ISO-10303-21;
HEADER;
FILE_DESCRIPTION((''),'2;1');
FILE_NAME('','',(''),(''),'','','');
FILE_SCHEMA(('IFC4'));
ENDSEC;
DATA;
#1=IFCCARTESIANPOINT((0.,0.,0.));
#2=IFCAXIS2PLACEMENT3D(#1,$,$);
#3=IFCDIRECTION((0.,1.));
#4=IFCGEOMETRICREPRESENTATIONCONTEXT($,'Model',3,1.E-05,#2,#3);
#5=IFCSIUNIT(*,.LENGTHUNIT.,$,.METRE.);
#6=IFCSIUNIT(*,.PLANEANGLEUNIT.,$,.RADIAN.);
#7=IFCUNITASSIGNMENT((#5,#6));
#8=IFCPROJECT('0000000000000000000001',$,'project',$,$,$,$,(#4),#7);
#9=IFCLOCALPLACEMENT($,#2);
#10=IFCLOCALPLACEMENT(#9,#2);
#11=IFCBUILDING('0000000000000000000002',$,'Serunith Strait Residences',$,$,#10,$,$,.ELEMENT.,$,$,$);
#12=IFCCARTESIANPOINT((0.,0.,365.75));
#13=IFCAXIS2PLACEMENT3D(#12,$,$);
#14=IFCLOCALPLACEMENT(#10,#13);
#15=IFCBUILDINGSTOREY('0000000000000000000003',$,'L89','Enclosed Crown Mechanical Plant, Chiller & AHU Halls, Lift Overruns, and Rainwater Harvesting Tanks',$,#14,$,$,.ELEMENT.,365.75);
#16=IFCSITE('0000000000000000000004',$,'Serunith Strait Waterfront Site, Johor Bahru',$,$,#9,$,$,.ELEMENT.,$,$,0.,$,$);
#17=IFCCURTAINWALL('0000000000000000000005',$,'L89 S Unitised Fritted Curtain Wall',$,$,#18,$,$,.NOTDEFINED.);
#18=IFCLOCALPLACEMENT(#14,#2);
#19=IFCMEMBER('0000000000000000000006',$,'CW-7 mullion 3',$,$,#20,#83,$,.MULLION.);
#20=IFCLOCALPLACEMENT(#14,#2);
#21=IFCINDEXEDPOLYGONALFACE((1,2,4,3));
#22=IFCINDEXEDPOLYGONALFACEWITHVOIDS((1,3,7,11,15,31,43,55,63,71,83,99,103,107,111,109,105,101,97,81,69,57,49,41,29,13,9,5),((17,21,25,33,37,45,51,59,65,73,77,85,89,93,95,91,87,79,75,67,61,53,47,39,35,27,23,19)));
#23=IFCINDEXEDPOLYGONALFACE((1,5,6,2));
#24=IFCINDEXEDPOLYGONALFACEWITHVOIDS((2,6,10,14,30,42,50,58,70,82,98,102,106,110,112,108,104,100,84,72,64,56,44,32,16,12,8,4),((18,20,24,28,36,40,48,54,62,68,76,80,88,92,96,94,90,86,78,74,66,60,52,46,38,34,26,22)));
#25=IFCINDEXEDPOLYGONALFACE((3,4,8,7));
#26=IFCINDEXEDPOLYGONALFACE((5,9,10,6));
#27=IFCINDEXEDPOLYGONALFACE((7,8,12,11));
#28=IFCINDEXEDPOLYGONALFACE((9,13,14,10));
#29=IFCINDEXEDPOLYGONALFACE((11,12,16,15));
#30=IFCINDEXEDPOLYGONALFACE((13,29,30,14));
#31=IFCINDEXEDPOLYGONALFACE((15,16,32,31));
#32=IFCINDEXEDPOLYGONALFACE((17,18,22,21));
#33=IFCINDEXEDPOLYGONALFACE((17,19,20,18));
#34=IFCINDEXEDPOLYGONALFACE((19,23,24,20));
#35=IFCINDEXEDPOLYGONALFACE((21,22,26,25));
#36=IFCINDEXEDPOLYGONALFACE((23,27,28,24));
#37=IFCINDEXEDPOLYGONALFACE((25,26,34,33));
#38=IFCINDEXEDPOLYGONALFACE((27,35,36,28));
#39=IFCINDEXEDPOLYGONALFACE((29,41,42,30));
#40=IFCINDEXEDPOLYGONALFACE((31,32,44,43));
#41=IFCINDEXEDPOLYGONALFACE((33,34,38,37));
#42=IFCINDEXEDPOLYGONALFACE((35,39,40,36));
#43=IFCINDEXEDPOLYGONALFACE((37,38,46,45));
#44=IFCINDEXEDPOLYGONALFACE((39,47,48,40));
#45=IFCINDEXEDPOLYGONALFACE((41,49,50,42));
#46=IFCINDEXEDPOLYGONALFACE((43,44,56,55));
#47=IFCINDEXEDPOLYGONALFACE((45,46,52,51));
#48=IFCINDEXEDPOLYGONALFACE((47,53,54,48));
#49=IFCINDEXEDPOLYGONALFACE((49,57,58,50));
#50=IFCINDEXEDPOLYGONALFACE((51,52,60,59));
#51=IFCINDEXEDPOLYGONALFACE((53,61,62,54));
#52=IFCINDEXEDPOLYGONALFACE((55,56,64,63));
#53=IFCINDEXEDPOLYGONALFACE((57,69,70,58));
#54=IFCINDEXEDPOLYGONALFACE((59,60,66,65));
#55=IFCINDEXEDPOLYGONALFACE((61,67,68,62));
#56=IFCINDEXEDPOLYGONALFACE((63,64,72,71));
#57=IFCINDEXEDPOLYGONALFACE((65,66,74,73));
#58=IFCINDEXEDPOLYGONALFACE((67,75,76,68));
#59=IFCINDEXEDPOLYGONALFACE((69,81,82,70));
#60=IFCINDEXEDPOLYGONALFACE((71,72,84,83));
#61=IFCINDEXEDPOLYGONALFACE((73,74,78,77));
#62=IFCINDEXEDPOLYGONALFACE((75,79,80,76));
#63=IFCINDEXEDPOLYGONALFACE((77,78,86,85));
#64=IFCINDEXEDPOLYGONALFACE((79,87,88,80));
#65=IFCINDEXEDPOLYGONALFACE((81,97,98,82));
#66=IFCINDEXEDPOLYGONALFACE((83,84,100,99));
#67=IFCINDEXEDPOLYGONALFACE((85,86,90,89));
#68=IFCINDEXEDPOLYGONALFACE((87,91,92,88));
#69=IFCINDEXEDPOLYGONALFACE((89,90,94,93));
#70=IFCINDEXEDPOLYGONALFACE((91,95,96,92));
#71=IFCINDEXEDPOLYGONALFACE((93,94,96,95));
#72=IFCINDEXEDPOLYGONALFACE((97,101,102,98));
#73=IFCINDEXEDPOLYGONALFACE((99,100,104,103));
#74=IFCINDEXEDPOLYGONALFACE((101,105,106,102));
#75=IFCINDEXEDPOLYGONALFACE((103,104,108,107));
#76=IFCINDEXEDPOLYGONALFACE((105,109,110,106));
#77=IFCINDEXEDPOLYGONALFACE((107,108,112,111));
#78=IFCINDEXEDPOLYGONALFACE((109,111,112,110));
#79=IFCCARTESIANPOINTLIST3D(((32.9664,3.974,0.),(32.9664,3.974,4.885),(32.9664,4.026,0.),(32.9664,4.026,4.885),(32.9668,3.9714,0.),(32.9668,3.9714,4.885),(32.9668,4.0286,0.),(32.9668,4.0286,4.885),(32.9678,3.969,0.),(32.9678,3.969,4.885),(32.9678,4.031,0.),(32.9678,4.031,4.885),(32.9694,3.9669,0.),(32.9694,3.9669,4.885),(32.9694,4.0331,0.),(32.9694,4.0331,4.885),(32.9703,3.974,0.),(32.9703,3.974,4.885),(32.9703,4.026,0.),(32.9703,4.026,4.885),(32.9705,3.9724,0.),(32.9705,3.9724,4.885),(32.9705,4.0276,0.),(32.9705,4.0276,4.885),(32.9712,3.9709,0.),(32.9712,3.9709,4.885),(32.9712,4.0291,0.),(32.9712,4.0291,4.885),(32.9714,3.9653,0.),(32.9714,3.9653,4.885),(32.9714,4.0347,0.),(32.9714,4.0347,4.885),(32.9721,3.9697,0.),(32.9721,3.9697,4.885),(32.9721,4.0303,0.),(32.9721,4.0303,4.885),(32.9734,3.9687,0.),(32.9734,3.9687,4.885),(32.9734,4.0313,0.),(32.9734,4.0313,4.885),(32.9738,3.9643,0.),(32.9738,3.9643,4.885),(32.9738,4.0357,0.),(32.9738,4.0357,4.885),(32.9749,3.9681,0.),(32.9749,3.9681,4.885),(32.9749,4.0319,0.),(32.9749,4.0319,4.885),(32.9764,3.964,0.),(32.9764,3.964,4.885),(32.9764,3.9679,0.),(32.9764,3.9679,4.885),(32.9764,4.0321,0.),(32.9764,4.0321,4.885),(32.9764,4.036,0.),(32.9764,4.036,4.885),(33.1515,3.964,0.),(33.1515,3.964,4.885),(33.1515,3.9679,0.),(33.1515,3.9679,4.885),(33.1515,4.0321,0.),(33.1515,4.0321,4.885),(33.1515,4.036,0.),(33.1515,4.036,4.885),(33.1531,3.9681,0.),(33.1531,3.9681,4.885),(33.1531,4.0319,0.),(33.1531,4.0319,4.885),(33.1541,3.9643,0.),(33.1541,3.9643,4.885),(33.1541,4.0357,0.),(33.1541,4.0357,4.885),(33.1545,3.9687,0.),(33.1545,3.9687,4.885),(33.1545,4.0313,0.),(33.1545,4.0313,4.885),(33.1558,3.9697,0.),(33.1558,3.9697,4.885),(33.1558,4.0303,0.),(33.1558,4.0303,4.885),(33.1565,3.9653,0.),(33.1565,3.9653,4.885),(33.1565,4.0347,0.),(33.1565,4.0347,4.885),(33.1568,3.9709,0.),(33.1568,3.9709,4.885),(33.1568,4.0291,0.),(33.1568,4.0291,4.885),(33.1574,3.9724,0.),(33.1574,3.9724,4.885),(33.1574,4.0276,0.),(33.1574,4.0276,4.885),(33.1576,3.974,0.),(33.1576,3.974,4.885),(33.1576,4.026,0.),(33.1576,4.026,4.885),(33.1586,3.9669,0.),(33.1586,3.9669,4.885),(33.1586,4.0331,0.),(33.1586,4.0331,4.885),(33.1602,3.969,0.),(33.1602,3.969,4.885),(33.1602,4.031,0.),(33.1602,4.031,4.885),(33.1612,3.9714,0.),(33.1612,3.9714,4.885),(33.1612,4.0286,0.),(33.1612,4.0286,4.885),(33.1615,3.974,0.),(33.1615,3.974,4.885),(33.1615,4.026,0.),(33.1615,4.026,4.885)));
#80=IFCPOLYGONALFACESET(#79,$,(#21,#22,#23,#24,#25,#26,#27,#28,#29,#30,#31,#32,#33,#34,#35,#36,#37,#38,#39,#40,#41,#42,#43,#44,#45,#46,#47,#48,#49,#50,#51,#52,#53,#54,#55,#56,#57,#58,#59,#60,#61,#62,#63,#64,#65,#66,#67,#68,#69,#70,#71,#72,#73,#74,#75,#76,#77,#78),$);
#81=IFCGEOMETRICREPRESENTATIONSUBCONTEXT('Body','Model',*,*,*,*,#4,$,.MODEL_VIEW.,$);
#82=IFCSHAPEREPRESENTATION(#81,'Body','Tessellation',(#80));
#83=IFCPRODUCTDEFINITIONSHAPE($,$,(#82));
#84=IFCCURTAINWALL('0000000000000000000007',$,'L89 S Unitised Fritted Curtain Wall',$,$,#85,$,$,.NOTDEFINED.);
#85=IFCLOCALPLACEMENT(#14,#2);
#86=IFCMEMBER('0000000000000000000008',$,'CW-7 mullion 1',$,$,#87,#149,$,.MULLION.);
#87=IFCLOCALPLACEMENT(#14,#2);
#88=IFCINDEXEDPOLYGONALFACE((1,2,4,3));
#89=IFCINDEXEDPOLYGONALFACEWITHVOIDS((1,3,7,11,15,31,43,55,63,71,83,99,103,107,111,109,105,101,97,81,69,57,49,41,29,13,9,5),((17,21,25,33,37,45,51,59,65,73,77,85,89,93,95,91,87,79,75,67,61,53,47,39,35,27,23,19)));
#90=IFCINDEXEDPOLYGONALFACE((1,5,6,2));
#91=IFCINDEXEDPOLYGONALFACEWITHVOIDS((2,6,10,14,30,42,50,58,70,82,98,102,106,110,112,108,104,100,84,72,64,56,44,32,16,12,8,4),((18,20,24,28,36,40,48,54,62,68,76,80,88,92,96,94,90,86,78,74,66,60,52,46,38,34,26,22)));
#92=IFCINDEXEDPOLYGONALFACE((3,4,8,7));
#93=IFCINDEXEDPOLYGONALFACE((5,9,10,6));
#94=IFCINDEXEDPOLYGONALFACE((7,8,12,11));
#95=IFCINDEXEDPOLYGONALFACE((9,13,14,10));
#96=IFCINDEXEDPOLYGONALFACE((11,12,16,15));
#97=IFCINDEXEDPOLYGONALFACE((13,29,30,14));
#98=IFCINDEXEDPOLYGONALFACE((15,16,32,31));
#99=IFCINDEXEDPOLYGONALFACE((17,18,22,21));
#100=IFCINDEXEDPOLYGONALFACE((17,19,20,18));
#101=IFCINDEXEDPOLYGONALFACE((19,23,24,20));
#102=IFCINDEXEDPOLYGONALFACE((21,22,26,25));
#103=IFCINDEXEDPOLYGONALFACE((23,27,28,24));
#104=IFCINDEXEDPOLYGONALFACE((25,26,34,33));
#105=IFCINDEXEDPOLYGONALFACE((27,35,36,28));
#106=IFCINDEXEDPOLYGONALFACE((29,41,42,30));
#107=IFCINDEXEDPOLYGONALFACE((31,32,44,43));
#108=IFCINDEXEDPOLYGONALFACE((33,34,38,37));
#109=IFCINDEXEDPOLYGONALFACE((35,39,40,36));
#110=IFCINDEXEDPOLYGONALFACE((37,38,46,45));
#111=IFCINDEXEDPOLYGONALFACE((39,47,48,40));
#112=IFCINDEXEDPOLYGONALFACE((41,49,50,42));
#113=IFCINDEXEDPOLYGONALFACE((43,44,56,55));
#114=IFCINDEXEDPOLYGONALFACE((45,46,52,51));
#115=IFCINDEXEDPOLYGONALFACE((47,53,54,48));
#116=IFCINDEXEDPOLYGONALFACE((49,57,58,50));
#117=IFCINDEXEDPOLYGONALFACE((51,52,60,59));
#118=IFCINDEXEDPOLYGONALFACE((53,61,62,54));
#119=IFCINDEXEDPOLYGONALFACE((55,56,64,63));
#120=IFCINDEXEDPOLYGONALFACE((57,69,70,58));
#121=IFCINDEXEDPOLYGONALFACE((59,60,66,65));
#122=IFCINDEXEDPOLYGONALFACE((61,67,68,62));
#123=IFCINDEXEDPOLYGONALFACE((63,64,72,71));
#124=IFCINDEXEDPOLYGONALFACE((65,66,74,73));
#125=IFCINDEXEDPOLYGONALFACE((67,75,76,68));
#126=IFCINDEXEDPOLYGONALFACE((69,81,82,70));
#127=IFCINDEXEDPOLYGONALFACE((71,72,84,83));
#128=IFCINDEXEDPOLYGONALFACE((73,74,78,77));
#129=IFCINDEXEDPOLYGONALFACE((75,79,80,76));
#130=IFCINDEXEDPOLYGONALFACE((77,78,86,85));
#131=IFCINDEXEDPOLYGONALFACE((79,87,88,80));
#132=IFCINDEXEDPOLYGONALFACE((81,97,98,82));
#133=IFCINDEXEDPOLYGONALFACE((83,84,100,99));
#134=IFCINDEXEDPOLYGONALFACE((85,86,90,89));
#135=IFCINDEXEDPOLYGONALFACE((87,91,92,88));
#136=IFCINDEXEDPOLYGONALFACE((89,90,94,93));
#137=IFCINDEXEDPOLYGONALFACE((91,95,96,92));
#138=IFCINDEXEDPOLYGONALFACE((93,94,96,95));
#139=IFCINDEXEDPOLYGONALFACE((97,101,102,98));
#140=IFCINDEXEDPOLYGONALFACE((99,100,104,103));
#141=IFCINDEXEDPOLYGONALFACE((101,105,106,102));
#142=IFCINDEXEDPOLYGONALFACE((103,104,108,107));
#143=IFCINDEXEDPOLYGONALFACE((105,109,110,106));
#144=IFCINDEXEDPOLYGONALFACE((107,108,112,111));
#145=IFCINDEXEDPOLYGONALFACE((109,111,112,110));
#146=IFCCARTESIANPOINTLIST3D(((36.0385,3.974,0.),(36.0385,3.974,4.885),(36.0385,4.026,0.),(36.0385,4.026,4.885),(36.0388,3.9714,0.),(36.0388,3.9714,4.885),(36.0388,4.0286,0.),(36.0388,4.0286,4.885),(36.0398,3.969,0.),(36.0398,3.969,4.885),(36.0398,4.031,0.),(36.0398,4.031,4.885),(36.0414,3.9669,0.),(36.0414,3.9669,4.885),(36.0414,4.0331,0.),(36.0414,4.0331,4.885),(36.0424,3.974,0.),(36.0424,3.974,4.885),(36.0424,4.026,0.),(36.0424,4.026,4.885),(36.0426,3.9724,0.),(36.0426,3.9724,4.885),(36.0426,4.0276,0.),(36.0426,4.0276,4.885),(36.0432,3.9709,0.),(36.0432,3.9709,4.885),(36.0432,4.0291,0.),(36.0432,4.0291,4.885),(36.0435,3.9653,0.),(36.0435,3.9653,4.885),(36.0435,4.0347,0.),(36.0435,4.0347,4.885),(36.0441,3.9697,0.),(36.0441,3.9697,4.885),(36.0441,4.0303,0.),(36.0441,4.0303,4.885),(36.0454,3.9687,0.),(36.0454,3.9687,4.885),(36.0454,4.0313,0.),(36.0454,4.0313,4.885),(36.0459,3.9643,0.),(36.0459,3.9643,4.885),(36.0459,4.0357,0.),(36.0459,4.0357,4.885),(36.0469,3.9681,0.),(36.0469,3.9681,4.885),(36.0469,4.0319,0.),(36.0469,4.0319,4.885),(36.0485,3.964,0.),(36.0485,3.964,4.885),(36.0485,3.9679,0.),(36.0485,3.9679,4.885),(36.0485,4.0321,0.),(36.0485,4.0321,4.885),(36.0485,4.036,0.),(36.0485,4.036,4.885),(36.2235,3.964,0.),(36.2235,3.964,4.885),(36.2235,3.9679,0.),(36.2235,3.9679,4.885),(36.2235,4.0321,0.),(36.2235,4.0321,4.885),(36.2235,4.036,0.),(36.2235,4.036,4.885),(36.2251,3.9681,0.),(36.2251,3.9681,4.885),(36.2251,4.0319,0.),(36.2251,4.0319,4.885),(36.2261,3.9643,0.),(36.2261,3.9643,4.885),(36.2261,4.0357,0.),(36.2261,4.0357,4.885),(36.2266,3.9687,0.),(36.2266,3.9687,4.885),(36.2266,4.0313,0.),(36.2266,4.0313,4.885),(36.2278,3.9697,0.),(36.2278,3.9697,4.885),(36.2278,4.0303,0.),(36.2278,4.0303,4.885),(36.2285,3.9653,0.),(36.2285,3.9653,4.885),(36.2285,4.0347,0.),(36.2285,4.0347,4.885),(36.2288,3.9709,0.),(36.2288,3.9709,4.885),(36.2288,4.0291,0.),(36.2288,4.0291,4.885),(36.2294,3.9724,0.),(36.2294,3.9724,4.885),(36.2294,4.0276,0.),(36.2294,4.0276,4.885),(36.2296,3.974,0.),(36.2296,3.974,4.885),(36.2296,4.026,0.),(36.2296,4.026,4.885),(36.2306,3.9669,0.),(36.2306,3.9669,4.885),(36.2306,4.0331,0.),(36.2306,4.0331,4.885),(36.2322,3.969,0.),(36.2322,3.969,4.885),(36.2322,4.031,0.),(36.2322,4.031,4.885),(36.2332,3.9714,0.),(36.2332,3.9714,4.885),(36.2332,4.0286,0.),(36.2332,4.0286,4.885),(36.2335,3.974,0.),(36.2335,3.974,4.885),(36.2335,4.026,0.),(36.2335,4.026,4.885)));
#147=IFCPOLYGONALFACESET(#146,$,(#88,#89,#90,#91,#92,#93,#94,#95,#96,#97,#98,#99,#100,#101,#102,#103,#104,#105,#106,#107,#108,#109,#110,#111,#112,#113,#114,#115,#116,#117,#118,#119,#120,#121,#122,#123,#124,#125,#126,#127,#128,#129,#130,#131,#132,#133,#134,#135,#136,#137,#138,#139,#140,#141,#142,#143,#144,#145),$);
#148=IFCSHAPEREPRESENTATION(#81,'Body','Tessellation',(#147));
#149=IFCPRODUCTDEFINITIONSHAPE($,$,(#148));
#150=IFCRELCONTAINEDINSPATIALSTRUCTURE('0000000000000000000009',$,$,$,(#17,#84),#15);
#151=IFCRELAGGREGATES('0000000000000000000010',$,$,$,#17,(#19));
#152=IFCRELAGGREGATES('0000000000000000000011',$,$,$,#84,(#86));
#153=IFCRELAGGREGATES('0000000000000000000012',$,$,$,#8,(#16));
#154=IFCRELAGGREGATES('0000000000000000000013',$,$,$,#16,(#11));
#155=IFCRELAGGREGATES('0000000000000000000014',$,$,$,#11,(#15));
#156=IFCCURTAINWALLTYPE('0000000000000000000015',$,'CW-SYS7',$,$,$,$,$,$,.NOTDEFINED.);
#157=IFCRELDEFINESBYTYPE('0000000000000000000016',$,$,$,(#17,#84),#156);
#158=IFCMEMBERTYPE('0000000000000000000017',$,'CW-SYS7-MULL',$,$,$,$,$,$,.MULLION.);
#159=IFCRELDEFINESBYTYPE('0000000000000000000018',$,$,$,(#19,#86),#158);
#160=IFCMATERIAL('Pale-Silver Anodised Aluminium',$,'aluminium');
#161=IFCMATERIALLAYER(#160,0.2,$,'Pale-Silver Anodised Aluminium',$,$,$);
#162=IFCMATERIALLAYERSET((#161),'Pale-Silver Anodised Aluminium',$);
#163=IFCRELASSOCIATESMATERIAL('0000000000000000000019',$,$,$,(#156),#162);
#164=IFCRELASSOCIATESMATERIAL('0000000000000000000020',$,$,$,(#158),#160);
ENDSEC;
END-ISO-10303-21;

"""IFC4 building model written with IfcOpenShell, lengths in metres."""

from ifc_helpers import new_model, si_unit, direction, frame, origin, origin_2d, place, context, subcontext, project, spatial, hollow_rectangle, extrude, source, transform, mapped, material, layer, layer_set, material_profile, profile_set, type_object, element, aggregate, save


model = new_model("IFC4")

# Units and contexts
model_context = context("Model", 3, precision=1e-05, world=origin(), true_north=direction((0.0, 1.0)))
body_context = subcontext(model_context, "Body", "Model", "MODEL_VIEW")
ifc_project = project(units=[si_unit("LENGTHUNIT", "METRE"), si_unit("PLANEANGLEUNIT", "RADIAN")], contexts=[model_context])

# Site, building, storey
site_placement = place(None, origin())
site = spatial("IfcSite", under=ifc_project, at=site_placement, Name="Serunith Strait Waterfront Site, Johor Bahru", CompositionType="ELEMENT", RefElevation=0.0)
building_placement = place(site_placement, origin())
building = spatial("IfcBuilding", under=site, at=building_placement, Name="Serunith Strait Residences", CompositionType="ELEMENT")
storey_placement = place(building_placement, frame((0.0, 0.0, 365.75)))
storey = spatial("IfcBuildingStorey", under=building, at=storey_placement, Name="L89", Description="Enclosed Crown Mechanical Plant, Chiller & AHU Halls, Lift Overruns, and Rainwater Harvesting Tanks", CompositionType="ELEMENT", Elevation=365.75)

# Curtain wall, member
ifc_material_1 = material(Name="Pale-Silver Anodised Aluminium", Category="aluminium")
ifc_layer_1 = layer(ifc_material_1, 0.2, Name="Pale-Silver Anodised Aluminium")
ifc_layer_set_1 = layer_set([ifc_layer_1], Name="Pale-Silver Anodised Aluminium")
curtain_wall_type = type_object("IfcCurtainWallType", Name="CW-SYS7", PredefinedType="NOTDEFINED", material=ifc_layer_set_1)
curtain_wall_1_placement = place(storey_placement, origin())
curtain_wall_1 = element("IfcCurtainWall", 1, at=curtain_wall_1_placement, inside=storey, type_object=curtain_wall_type, Name="L89 S Unitised Fritted Curtain Wall", PredefinedType="NOTDEFINED")
ifc_material_profile_1 = material_profile(ifc_material_1, hollow_rectangle(XDim=0.072, YDim=0.1951, WallThickness=0.0039, InnerFilletRadius=0.0061, OuterFilletRadius=0.01, at=origin_2d()), Name="ALU 195x72x4")
ifc_profile_set_1 = profile_set([ifc_material_profile_1], Name="Pale-Silver Anodised Aluminium")
member_type_1 = type_object("IfcMemberType", Name="CW-SYS7-MULL", PredefinedType="MULLION", material=ifc_profile_set_1)
shared_shape_1 = source(origin(), body_context, "Body", "SweptSolid", [
    extrude(hollow_rectangle(XDim=0.072, YDim=0.1951, WallThickness=0.0039, InnerFilletRadius=0.0061, OuterFilletRadius=0.01, at=origin_2d()), origin(), (0.0, 0.0, 1.0), 4.885),
])
member_1_placement = place(storey_placement, frame((33.064, 4.0, 0.0), z_axis=(0.0, 0.0, 1.0), x_axis=(0.0, 1.0, 0.0)))
member_1 = element("IfcMember", 2, at=member_1_placement, type_object=member_type_1, Name="CW-7 mullion 3", PredefinedType="MULLION", context=body_context, shape_type="MappedRepresentation", body=[
    mapped(shared_shape_1, transform((0.0, 0.0, 0.0), scale=1.0)),
])

# Curtain wall, member
curtain_wall_2_placement = place(storey_placement, origin())
curtain_wall_2 = element("IfcCurtainWall", 3, at=curtain_wall_2_placement, inside=storey, type_object=curtain_wall_type, Name="L89 S Unitised Fritted Curtain Wall", PredefinedType="NOTDEFINED")
member_2_placement = place(storey_placement, frame((36.136, 4.0, 0.0), z_axis=(0.0, 0.0, 1.0), x_axis=(0.0, 1.0, 0.0)))
member_2 = element("IfcMember", 4, at=member_2_placement, type_object=member_type_1, Name="CW-7 mullion 1", PredefinedType="MULLION", context=body_context, shape_type="MappedRepresentation", body=[
    mapped(shared_shape_1, transform((0.0, 0.0, 0.0), scale=1.0)),
])

aggregate(curtain_wall_1, [member_1])
aggregate(curtain_wall_2, [member_2])

save(model, "model.ifc")
